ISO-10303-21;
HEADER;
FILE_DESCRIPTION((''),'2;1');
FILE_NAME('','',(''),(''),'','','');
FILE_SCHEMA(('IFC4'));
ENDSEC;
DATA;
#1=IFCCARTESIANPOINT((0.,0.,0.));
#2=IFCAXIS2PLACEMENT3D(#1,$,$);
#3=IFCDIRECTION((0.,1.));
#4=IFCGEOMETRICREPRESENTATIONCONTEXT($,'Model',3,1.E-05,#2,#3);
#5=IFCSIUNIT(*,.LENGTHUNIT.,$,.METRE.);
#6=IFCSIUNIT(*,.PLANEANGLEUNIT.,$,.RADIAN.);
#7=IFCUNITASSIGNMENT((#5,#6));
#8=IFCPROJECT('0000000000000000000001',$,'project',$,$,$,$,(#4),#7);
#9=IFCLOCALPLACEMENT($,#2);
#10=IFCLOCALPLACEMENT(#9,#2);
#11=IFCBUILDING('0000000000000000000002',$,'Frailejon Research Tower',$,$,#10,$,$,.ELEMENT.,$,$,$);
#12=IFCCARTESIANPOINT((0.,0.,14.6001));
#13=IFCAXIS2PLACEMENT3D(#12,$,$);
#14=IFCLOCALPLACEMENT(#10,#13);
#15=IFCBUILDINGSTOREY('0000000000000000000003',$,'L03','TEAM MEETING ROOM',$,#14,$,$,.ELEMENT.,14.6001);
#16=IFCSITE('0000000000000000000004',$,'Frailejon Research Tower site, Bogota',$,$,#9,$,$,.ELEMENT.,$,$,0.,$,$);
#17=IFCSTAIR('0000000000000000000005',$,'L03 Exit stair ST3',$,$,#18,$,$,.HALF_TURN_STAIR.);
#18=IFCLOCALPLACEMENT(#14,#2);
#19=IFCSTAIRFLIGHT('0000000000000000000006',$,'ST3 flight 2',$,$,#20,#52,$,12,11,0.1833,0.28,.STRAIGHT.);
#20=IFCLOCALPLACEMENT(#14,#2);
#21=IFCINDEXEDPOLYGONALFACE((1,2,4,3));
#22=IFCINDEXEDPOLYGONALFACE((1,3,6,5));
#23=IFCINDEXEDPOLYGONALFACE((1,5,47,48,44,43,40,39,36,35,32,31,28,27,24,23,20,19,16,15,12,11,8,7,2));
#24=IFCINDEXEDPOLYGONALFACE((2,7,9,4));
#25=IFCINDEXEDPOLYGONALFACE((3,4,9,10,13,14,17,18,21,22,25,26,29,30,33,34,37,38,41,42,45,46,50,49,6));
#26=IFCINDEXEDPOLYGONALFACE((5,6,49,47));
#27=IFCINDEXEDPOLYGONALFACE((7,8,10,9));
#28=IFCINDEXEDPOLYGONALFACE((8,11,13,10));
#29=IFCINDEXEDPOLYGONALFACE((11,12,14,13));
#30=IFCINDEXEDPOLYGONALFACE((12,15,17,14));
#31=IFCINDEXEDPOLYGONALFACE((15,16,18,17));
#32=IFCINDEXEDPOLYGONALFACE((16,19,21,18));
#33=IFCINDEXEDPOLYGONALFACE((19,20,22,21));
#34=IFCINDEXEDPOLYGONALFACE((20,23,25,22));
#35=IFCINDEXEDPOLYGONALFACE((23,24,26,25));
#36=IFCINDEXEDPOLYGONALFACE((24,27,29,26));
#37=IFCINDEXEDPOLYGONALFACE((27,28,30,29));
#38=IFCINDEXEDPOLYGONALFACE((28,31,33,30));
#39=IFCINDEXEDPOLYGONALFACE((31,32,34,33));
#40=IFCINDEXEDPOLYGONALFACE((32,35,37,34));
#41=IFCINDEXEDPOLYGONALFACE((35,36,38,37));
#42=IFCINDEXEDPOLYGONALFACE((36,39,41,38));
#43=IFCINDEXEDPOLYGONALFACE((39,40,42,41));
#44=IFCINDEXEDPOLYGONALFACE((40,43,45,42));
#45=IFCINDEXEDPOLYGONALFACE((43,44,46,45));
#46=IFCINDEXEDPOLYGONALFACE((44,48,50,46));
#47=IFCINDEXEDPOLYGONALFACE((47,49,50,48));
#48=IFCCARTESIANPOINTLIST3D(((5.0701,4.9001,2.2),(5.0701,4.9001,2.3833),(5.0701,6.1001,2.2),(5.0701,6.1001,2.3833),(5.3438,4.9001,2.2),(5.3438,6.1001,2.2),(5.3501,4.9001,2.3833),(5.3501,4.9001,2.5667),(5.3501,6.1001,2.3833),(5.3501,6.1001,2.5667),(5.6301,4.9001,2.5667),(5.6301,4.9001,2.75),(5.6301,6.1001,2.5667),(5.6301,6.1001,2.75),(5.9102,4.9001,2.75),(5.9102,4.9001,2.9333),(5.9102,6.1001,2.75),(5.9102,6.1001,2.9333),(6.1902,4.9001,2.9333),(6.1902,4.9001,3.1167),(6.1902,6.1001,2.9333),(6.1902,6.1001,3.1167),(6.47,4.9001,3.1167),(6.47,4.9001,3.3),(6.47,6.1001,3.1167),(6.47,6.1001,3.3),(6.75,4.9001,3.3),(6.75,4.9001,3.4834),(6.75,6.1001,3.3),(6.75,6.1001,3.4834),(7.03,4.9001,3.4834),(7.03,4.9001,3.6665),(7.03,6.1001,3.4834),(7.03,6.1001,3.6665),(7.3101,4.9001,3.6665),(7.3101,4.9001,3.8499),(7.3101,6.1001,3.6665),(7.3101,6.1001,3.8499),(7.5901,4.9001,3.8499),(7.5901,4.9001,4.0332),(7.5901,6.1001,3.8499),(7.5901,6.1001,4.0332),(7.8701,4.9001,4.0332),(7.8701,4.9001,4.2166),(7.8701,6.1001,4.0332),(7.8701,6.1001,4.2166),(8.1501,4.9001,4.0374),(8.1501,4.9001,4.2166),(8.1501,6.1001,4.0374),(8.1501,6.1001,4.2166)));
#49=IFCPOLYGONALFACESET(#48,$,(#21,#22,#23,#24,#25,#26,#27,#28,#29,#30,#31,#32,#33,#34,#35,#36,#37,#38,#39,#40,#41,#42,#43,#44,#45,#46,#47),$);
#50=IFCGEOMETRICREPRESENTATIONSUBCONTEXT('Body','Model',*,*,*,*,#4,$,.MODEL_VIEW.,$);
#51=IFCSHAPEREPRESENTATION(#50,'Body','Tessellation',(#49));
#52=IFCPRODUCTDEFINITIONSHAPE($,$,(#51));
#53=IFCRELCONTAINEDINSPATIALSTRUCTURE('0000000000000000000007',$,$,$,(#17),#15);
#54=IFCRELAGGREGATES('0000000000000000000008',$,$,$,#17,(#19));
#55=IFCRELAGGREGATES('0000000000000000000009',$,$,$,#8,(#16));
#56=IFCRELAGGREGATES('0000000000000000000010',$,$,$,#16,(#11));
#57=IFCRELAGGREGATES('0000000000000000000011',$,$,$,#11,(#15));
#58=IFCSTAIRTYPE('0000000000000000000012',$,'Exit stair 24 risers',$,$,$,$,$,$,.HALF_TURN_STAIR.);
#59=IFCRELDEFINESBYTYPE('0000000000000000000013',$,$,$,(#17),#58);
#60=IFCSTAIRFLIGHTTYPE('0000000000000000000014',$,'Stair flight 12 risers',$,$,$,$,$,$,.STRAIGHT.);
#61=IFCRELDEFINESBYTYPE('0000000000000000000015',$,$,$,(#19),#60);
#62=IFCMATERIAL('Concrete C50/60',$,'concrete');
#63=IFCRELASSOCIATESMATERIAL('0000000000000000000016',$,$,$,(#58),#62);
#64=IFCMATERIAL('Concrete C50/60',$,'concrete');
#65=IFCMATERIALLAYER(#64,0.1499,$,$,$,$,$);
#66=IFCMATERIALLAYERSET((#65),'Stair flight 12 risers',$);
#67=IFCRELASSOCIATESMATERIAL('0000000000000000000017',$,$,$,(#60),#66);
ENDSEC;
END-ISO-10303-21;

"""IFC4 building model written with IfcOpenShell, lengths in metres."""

from ifc_helpers import new_model, si_unit, direction, frame, origin, place, context, subcontext, project, spatial, polyline, outline, extrude, material, layer, layer_set, type_object, element, aggregate, save


model = new_model("IFC4")

# Units and contexts
model_context = context("Model", 3, precision=1e-05, world=origin(), true_north=direction((0.0, 1.0)))
body_context = subcontext(model_context, "Body", "Model", "MODEL_VIEW")
ifc_project = project(units=[si_unit("LENGTHUNIT", "METRE"), si_unit("PLANEANGLEUNIT", "RADIAN")], contexts=[model_context])

# Site, building, storey
site_placement = place(None, origin())
site = spatial("IfcSite", under=ifc_project, at=site_placement, Name="Frailejon Research Tower site, Bogota", CompositionType="ELEMENT", RefElevation=0.0)
building_placement = place(site_placement, origin())
building = spatial("IfcBuilding", under=site, at=building_placement, Name="Frailejon Research Tower", CompositionType="ELEMENT")
storey_placement = place(building_placement, frame((0.0, 0.0, 14.6001)))
storey = spatial("IfcBuildingStorey", under=building, at=storey_placement, Name="L03", Description="TEAM MEETING ROOM", CompositionType="ELEMENT", Elevation=14.6001)

# Stair, stair flight
ifc_material_1 = material(Name="Concrete C50/60", Category="concrete")
stair_type = type_object("IfcStairType", Name="Exit stair 24 risers", PredefinedType="HALF_TURN_STAIR", material=ifc_material_1)
stair_placement = place(storey_placement, origin())
stair = element("IfcStair", 1, at=stair_placement, inside=storey, type_object=stair_type, Name="L03 Exit stair ST3", PredefinedType="HALF_TURN_STAIR")
ifc_material_2 = material(Name="Concrete C50/60", Category="concrete")
ifc_layer_1 = layer(ifc_material_2, 0.1499)
ifc_layer_set_1 = layer_set([ifc_layer_1], Name="Stair flight 12 risers")
stair_flight_type = type_object("IfcStairFlightType", Name="Stair flight 12 risers", PredefinedType="STRAIGHT", material=ifc_layer_set_1)
stair_flight_1_placement = place(storey_placement, frame((5.0701, 5.5, 2.2), z_axis=(0.0, 0.0, 1.0), x_axis=(1.0, 0.0, 0.0)))
stair_flight_1 = element("IfcStairFlight", 2, at=stair_flight_1_placement, type_object=stair_flight_type, Name="ST3 flight 2", NumberOfRisers=12, NumberOfTreads=11, PredefinedType="STRAIGHT", RiserHeight=0.1833, TreadLength=0.28, context=body_context, shape_type="SweptSolid", body=[
    extrude(outline(polyline([(0.0, 0.0), (0.0, 0.1833), (0.28, 0.1833), (0.28, 0.3667), (0.5601, 0.3667), (0.5601, 0.55), (0.8401, 0.55), (0.8401, 0.7334), (1.1201, 0.7334), (1.1201, 0.9167), (1.3999, 0.9167), (1.3999, 1.1001), (1.6799, 1.1001), (1.6799, 1.2834), (1.96, 1.2834), (1.96, 1.4666), (2.24, 1.4666), (2.24, 1.6499), (2.52, 1.6499), (2.52, 1.8333), (2.8, 1.8333), (2.8, 2.0166), (3.0801, 2.0166), (3.0801, 2.2), (3.0801, 1.8374), (0.2737, 0.0), (0.0, 0.0)])), frame((0.0, 0.6001, 0.0), z_axis=(0.0, -1.0, 0.0), x_axis=(1.0, 0.0, 0.0)), (0.0, 0.0, 1.0), 1.2),
])
aggregate(stair, [stair_flight_1])

save(model, "model.ifc")
